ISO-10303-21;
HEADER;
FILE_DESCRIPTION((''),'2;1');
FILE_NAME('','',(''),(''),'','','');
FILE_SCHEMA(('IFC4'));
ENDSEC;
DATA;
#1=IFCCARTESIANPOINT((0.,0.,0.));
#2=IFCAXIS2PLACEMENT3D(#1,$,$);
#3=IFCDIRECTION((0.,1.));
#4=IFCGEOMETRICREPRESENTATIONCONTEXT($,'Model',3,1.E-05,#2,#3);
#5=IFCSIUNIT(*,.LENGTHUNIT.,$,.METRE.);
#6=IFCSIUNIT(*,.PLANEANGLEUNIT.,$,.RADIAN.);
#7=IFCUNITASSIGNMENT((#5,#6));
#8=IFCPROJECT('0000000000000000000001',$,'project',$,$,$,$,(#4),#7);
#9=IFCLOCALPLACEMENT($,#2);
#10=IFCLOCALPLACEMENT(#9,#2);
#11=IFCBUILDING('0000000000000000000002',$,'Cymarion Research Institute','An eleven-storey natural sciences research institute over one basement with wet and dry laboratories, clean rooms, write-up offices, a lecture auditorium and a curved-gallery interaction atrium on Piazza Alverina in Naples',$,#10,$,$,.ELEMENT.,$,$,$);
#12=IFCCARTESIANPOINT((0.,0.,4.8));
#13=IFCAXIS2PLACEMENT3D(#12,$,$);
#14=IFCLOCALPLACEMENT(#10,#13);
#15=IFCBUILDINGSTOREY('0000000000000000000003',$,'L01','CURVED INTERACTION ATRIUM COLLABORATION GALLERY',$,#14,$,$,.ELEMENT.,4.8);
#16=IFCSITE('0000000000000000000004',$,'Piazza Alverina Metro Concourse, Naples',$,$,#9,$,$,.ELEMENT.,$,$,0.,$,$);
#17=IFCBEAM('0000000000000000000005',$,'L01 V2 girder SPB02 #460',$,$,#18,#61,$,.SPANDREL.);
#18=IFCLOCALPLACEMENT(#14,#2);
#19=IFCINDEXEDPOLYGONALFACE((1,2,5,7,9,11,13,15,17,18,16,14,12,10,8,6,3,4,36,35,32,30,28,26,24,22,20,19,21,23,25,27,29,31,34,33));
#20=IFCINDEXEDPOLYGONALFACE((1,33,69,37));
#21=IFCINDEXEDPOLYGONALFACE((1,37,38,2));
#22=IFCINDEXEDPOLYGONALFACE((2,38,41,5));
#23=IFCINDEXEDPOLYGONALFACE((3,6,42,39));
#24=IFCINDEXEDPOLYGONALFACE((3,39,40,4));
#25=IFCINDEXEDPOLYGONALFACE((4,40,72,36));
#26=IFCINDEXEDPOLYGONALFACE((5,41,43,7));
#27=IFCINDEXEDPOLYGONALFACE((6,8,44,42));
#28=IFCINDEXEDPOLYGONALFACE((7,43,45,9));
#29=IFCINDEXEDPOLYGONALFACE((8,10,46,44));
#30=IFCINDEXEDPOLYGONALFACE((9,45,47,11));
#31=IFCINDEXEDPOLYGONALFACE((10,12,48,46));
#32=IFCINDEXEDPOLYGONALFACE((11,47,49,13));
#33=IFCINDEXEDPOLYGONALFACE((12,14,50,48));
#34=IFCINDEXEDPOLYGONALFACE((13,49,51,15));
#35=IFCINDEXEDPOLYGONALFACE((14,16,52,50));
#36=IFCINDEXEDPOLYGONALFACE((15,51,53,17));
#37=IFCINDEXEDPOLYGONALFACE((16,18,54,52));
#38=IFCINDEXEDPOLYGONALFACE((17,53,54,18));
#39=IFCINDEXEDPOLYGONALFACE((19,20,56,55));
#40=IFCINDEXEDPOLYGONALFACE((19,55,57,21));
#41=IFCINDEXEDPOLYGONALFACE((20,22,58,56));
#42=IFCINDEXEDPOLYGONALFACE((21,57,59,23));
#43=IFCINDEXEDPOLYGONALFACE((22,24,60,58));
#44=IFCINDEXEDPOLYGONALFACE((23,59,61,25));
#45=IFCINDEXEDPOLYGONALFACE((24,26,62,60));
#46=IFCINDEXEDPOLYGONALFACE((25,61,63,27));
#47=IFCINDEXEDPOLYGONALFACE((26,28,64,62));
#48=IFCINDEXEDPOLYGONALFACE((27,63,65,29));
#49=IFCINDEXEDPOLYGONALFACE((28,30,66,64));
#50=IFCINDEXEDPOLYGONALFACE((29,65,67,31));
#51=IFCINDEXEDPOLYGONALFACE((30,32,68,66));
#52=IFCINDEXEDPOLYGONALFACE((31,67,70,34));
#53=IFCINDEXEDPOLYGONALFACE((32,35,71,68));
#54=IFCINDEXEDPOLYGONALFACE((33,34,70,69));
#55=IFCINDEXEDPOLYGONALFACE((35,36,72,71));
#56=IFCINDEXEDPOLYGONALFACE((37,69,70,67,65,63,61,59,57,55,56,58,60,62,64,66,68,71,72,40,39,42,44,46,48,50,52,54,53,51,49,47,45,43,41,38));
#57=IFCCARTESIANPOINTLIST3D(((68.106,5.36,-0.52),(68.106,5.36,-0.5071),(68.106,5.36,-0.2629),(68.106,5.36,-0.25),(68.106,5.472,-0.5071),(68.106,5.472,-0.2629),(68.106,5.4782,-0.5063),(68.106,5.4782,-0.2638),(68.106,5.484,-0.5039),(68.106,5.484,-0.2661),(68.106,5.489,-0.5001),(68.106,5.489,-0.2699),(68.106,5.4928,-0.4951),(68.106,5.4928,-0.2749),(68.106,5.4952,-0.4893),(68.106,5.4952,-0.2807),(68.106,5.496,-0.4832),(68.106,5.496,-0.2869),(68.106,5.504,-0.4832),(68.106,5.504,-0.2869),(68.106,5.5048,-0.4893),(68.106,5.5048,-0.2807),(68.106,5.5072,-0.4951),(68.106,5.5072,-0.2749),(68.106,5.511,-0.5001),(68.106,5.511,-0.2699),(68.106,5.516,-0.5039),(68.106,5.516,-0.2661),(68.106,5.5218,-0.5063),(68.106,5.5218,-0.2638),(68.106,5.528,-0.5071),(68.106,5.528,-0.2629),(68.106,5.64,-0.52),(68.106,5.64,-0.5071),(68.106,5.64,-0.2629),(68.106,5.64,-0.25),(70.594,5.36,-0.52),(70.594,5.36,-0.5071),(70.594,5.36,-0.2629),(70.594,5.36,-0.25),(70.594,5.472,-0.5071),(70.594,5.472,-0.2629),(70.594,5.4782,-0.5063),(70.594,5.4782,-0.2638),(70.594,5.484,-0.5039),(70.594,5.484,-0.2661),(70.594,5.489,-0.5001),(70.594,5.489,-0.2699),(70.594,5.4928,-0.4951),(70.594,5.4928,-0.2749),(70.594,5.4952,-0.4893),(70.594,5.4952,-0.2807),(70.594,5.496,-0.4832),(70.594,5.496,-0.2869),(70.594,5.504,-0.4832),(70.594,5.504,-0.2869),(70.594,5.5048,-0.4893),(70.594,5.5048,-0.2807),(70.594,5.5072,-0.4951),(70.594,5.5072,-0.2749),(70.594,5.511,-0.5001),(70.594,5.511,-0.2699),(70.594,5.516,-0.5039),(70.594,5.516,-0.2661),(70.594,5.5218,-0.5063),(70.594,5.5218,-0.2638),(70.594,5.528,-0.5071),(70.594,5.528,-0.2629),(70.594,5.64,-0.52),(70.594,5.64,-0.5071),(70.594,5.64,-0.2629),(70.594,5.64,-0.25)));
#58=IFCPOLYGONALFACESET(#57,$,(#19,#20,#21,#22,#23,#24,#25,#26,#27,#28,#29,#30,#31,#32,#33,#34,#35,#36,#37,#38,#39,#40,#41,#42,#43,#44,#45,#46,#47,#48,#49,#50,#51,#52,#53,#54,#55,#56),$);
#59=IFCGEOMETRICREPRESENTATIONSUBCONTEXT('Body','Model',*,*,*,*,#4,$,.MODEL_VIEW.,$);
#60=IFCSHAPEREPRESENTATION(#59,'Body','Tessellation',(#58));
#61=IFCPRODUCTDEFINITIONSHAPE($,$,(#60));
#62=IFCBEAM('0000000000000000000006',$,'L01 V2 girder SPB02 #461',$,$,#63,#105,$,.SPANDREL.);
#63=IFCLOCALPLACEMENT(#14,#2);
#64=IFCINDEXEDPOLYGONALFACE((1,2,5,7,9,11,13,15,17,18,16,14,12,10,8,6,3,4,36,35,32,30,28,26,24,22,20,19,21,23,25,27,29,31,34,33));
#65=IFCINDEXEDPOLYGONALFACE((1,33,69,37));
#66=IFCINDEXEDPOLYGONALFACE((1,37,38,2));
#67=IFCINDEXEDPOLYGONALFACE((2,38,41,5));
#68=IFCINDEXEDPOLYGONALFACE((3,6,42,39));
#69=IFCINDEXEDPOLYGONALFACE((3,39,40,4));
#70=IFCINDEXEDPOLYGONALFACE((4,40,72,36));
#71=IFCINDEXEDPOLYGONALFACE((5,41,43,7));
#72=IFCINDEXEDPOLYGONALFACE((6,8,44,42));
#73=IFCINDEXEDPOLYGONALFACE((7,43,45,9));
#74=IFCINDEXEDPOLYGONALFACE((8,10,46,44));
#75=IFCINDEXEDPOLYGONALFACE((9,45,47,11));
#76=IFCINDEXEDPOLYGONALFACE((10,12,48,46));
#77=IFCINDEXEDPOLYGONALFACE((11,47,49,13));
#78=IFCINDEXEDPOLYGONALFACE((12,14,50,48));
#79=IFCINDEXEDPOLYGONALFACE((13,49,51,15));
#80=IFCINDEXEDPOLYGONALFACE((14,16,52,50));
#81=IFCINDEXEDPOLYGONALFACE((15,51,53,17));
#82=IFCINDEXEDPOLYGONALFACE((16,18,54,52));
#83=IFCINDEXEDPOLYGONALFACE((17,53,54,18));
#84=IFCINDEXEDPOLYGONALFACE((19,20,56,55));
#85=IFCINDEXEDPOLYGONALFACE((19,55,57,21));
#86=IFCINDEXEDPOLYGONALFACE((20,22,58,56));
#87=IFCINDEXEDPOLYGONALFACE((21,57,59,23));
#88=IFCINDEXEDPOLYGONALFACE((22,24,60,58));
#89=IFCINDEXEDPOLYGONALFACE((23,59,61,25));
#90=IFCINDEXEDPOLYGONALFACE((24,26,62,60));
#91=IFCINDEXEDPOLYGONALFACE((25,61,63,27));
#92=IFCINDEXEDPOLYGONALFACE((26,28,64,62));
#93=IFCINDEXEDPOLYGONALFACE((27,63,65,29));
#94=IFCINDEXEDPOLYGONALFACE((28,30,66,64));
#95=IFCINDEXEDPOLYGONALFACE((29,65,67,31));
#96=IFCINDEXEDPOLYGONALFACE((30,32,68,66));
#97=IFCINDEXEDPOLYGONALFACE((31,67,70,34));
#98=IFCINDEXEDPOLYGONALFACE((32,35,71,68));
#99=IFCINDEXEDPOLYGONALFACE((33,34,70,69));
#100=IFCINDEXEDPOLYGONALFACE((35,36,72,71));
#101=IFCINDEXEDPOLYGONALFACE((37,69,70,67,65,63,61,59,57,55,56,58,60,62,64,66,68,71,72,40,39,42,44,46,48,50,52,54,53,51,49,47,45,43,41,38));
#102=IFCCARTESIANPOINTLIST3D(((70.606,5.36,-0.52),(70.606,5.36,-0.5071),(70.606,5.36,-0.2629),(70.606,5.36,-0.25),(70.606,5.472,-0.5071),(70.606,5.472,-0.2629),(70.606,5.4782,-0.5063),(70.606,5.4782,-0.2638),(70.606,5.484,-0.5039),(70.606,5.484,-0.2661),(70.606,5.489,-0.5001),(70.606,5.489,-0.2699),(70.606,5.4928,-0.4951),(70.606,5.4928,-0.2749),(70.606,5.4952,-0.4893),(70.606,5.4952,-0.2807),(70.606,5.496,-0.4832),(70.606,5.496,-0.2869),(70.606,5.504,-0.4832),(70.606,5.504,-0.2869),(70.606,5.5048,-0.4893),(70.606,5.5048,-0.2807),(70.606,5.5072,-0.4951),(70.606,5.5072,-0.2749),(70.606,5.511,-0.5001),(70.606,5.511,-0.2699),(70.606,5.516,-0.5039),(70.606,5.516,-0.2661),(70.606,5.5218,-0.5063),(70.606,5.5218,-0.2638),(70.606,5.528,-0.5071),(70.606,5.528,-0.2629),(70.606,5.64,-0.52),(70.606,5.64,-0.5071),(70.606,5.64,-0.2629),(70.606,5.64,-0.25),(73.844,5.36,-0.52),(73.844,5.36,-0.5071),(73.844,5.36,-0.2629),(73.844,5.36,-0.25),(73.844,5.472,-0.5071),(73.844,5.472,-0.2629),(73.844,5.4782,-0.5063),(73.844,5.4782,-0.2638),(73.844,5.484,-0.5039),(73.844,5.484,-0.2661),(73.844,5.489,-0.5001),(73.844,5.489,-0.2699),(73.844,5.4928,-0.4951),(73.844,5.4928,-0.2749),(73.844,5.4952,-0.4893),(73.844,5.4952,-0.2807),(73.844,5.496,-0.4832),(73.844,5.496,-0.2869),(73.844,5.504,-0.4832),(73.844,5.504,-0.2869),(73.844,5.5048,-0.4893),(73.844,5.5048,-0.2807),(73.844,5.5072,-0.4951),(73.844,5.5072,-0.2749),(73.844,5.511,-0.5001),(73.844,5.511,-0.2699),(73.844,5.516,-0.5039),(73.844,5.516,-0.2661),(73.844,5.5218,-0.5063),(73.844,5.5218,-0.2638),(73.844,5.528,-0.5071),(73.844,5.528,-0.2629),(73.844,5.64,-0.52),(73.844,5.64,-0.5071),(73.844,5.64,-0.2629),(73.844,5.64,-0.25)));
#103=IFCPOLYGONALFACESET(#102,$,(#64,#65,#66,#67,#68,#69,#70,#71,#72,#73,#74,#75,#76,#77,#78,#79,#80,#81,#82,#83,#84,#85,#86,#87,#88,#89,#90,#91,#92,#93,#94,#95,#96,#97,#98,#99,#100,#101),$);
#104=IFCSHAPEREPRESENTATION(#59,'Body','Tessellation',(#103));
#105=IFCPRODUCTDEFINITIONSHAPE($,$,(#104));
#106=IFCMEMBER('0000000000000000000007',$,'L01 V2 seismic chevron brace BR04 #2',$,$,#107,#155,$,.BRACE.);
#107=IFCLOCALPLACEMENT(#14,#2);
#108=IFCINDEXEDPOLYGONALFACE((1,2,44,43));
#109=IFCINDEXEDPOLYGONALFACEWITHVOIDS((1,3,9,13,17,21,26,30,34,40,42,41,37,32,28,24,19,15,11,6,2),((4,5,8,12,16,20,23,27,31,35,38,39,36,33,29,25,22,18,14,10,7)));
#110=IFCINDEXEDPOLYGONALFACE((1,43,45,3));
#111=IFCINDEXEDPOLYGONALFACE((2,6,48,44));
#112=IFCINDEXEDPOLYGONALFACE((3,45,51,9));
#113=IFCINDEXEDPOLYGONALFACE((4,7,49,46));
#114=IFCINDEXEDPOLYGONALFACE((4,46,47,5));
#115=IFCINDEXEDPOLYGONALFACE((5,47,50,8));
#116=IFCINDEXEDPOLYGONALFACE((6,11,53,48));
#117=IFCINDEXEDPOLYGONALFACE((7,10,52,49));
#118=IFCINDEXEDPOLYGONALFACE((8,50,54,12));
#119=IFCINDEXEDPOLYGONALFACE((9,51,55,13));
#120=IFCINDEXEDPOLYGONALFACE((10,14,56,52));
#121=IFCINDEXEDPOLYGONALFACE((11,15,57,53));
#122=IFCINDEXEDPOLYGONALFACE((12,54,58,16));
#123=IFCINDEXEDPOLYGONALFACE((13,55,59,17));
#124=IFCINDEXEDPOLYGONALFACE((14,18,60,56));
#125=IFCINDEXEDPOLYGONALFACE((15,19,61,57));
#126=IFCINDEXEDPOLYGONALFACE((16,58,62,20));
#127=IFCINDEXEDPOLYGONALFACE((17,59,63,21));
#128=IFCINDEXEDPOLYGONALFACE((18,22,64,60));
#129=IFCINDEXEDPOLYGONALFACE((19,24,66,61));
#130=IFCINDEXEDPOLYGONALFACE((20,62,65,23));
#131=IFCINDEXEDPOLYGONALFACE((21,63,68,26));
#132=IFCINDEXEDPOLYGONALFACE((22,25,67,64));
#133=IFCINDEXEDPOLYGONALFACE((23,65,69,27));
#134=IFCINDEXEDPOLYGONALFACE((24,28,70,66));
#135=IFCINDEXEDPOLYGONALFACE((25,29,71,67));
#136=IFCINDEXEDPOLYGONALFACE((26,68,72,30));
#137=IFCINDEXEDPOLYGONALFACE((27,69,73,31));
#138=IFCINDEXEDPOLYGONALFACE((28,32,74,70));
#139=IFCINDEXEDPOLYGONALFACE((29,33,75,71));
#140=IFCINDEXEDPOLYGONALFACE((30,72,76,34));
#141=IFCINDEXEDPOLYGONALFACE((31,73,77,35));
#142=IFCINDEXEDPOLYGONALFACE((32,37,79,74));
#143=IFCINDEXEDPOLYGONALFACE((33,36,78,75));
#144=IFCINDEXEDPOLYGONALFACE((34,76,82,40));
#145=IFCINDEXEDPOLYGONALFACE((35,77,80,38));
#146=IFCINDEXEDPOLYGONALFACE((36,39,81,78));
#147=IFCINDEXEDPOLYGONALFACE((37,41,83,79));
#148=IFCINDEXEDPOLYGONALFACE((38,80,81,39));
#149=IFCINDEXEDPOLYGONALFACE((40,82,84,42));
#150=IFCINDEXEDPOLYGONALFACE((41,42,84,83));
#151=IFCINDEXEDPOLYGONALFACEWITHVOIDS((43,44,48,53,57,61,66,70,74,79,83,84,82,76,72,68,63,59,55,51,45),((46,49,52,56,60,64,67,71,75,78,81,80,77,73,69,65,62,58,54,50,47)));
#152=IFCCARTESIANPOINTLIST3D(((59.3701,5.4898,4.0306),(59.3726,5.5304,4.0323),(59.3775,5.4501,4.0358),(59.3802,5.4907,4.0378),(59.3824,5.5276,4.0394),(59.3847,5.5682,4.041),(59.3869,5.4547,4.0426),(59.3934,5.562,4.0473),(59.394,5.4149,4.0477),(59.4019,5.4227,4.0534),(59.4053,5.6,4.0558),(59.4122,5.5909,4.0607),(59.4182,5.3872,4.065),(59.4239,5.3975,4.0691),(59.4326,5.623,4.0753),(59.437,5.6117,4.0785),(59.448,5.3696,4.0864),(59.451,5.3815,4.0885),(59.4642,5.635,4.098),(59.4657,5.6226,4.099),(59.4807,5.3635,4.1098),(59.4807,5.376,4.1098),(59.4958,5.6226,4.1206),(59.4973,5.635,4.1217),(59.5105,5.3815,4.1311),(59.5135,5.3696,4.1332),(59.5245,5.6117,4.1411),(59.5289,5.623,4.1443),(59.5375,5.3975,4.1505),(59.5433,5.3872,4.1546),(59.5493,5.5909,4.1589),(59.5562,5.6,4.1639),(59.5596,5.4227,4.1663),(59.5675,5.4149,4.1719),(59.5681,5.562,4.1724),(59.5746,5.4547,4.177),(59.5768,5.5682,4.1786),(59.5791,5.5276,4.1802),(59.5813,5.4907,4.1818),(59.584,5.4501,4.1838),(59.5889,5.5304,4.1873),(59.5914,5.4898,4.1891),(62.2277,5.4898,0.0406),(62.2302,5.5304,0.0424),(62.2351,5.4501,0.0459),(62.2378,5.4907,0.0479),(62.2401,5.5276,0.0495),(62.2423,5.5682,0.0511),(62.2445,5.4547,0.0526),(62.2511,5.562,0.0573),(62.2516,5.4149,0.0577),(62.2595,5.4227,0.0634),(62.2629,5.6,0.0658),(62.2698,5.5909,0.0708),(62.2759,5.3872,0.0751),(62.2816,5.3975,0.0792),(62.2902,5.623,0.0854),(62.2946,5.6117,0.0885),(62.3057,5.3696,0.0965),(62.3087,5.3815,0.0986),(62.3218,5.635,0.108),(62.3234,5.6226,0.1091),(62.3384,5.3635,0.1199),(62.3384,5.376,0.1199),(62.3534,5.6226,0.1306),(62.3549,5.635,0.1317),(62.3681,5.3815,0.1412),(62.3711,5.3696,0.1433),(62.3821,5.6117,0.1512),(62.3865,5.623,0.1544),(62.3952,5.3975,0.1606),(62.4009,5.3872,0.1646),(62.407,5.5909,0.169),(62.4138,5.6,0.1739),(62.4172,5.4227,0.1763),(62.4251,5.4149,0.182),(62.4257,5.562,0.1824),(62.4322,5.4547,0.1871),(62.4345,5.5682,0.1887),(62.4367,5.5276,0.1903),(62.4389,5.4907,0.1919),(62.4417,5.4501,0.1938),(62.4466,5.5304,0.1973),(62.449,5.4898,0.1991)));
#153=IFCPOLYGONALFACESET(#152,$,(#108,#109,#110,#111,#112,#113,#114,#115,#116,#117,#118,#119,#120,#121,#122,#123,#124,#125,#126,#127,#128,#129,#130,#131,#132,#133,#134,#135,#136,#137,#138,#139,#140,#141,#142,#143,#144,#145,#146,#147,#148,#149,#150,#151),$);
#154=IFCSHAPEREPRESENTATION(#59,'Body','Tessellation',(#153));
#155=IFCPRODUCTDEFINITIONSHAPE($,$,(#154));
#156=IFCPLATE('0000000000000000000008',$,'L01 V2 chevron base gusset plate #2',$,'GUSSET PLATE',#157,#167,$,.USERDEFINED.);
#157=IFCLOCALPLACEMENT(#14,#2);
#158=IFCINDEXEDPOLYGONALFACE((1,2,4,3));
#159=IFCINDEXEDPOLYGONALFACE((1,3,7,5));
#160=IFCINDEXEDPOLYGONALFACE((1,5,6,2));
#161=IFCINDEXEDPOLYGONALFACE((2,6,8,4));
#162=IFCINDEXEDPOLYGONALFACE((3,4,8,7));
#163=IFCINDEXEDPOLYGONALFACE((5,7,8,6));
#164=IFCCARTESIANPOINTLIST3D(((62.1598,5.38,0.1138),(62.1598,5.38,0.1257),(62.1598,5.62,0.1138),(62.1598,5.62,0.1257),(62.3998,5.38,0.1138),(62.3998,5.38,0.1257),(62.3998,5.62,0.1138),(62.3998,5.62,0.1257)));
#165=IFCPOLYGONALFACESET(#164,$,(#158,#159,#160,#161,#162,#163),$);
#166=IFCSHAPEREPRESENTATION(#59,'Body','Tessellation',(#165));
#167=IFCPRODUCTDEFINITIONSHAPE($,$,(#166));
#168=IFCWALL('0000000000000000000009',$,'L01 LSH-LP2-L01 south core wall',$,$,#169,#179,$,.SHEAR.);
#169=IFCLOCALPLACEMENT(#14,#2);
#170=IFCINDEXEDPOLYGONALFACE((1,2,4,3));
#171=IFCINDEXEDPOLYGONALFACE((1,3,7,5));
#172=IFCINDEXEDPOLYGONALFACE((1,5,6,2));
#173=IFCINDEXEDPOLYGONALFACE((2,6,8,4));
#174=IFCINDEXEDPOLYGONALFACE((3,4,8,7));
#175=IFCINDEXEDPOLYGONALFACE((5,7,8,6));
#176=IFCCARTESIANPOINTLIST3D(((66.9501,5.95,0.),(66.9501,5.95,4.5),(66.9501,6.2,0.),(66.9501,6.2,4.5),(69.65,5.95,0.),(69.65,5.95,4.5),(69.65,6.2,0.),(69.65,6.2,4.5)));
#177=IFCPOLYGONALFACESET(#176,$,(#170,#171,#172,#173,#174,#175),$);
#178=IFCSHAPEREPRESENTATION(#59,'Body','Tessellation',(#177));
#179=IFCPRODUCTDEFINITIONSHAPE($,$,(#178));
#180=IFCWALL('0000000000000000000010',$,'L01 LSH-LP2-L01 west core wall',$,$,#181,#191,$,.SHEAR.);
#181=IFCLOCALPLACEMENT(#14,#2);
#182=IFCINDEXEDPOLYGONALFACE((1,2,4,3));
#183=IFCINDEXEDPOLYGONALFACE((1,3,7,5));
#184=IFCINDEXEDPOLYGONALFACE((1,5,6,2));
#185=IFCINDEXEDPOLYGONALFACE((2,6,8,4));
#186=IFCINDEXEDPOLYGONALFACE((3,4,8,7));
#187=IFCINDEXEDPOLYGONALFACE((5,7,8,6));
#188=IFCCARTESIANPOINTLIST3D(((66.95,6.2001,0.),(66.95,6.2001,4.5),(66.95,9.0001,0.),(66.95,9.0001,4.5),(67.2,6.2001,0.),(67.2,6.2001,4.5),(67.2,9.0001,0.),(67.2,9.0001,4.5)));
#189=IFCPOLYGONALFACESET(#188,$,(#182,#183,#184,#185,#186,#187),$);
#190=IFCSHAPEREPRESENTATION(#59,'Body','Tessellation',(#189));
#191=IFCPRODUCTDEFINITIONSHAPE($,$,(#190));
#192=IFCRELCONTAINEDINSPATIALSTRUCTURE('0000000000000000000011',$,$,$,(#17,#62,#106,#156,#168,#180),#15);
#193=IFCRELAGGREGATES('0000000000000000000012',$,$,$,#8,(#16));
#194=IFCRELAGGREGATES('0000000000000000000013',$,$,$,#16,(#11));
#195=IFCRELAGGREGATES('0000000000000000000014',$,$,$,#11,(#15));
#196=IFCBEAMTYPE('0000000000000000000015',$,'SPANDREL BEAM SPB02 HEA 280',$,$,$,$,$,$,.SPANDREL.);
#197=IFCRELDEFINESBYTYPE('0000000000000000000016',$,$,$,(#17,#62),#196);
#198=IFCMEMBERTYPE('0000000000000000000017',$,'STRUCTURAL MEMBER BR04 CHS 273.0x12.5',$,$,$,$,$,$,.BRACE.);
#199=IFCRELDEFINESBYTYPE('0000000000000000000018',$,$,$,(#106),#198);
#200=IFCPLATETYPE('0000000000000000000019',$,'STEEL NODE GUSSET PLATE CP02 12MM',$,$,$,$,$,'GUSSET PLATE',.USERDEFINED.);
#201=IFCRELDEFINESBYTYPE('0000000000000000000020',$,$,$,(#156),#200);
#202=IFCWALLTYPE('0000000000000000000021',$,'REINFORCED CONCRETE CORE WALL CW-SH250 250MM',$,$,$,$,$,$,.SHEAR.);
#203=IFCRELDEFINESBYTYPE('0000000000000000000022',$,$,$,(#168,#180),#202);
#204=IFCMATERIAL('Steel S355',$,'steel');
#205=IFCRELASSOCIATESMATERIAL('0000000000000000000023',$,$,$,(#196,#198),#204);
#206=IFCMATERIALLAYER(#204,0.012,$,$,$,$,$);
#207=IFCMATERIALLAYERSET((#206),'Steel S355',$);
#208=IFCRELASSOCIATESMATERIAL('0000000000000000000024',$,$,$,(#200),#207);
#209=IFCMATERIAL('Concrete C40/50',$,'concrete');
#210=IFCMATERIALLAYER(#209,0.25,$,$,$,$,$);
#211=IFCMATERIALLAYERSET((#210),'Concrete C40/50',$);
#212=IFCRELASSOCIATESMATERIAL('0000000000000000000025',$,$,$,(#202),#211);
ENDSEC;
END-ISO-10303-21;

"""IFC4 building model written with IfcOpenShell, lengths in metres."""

from ifc_helpers import new_model, si_unit, direction, frame, frame_2d, origin, origin_2d, place, context, subcontext, project, spatial, rectangle, hollow_circle, i_section, extrude, material, layer, layer_set, material_profile, profile_set, type_object, element, save


model = new_model("IFC4")

# Units and contexts
model_context = context("Model", 3, precision=1e-05, world=origin(), true_north=direction((0.0, 1.0)))
body_context = subcontext(model_context, "Body", "Model", "MODEL_VIEW")
ifc_project = project(units=[si_unit("LENGTHUNIT", "METRE"), si_unit("PLANEANGLEUNIT", "RADIAN")], contexts=[model_context])

# Site, building, storey
site_placement = place(None, origin())
site = spatial("IfcSite", under=ifc_project, at=site_placement, Name="Piazza Alverina Metro Concourse, Naples", CompositionType="ELEMENT", RefElevation=0.0)
building_placement = place(site_placement, origin())
building = spatial("IfcBuilding", under=site, at=building_placement, Name="Cymarion Research Institute", Description="An eleven-storey natural sciences research institute over one basement with wet and dry laboratories, clean rooms, write-up offices, a lecture auditorium and a curved-gallery interaction atrium on Piazza Alverina in Naples", CompositionType="ELEMENT")
storey_placement = place(building_placement, frame((0.0, 0.0, 4.8)))
storey = spatial("IfcBuildingStorey", under=building, at=storey_placement, Name="L01", Description="CURVED INTERACTION ATRIUM COLLABORATION GALLERY", CompositionType="ELEMENT", Elevation=4.8)

# Shared definitions
ifc_material_1 = material(Name="Concrete C40/50", Category="concrete")
ifc_material_2 = material(Name="Steel S355", Category="steel")

# Beams
ifc_material_profile_1 = material_profile(ifc_material_2, i_section(OverallWidth=0.28, OverallDepth=0.27, WebThickness=0.0081, FlangeThickness=0.0129, FilletRadius=0.0239, at=origin_2d()), Name="HEA 280")
ifc_profile_set_1 = profile_set([ifc_material_profile_1], Name="Steel S355")
beam_type_1 = type_object("IfcBeamType", Name="SPANDREL BEAM SPB02 HEA 280", PredefinedType="SPANDREL", material=ifc_profile_set_1)
beam_1_placement = place(storey_placement, frame((68.106, 5.5, -0.385), z_axis=(1.0, 0.0, 0.0), x_axis=(0.0, 1.0, 0.0)))
element("IfcBeam", 1, at=beam_1_placement, inside=storey, type_object=beam_type_1, Name="L01 V2 girder SPB02 #460", PredefinedType="SPANDREL", context=body_context, shape_type="SweptSolid", body=[
    extrude(i_section(OverallWidth=0.28, OverallDepth=0.27, WebThickness=0.0081, FlangeThickness=0.0129, FilletRadius=0.0239, at=origin_2d()), origin(), (0.0, 0.0, 1.0), 2.488),
])
beam_2_placement = place(storey_placement, frame((70.606, 5.5, -0.385), z_axis=(1.0, 0.0, 0.0), x_axis=(0.0, 1.0, 0.0)))
element("IfcBeam", 2, at=beam_2_placement, inside=storey, type_object=beam_type_1, Name="L01 V2 girder SPB02 #461", PredefinedType="SPANDREL", context=body_context, shape_type="SweptSolid", body=[
    extrude(i_section(OverallWidth=0.28, OverallDepth=0.27, WebThickness=0.0081, FlangeThickness=0.0129, FilletRadius=0.0239, at=origin_2d()), origin(), (0.0, 0.0, 1.0), 3.238),
])

# Member
ifc_material_profile_2 = material_profile(ifc_material_2, hollow_circle(Radius=0.1365, WallThickness=0.0125, at=origin_2d()), Name="CHS 273.0x12.5")
ifc_profile_set_2 = profile_set([ifc_material_profile_2], Name="Steel S355")
member_type_1 = type_object("IfcMemberType", Name="STRUCTURAL MEMBER BR04 CHS 273.0x12.5", PredefinedType="BRACE", material=ifc_profile_set_2)
member_1_placement = place(storey_placement, frame((62.3384, 5.5, 0.1199), z_axis=(-0.582273, 0.0, 0.812993), x_axis=(0.0, -1.0, 0.0)))
element("IfcMember", 3, at=member_1_placement, inside=storey, type_object=member_type_1, Name="L01 V2 seismic chevron brace BR04 #2", PredefinedType="BRACE", context=body_context, shape_type="SweptSolid", body=[
    extrude(hollow_circle(Radius=0.1365, WallThickness=0.0125, at=origin_2d()), origin(), (0.0, 0.0, 1.0), 4.9077),
])

# Plate
ifc_layer_1 = layer(ifc_material_2, 0.012)
ifc_layer_set_1 = layer_set([ifc_layer_1], Name="Steel S355")
plate_type = type_object("IfcPlateType", Name="STEEL NODE GUSSET PLATE CP02 12MM", ElementType="GUSSET PLATE", PredefinedType="USERDEFINED", material=ifc_layer_set_1)
plate_placement = place(storey_placement, frame((62.2798, 5.5, 0.1138), z_axis=(0.0, 0.0, 1.0), x_axis=(1.0, 0.0, 0.0)))
element("IfcPlate", 4, at=plate_placement, inside=storey, type_object=plate_type, Name="L01 V2 chevron base gusset plate #2", ObjectType="GUSSET PLATE", PredefinedType="USERDEFINED", context=body_context, shape_type="SweptSolid", body=[
    extrude(rectangle(XDim=0.24, YDim=0.24, at=origin_2d()), origin(), (0.0, 0.0, 1.0), 0.012),
])

# Wall
ifc_layer_2 = layer(ifc_material_1, 0.25)
ifc_layer_set_2 = layer_set([ifc_layer_2], Name="Concrete C40/50")
wall_type_1 = type_object("IfcWallType", Name="REINFORCED CONCRETE CORE WALL CW-SH250 250MM", PredefinedType="SHEAR", material=ifc_layer_set_2)
wall_1_placement = place(storey_placement, frame((66.95, 6.075, 0.0), z_axis=(0.0, 0.0, 1.0), x_axis=(1.0, 0.0, 0.0)))
element("IfcWall", 5, at=wall_1_placement, inside=storey, type_object=wall_type_1, Name="L01 LSH-LP2-L01 south core wall", PredefinedType="SHEAR", context=body_context, shape_type="SweptSolid", body=[
    extrude(rectangle(XDim=2.7, YDim=0.25, at=frame_2d((1.3501, 0.0))), origin(), (0.0, 0.0, 1.0), 4.5),
])

# Wall
for number, where, z_axis, x_axis, name in (
    (6, (67.075, 9.0, 0.0), (0.0, 0.0, 1.0), (0.0, -1.0, 0.0), "L01 LSH-LP2-L01 west core wall"),
):
    element("IfcWall", number, at=place(storey_placement, frame(where, z_axis=z_axis, x_axis=x_axis)), inside=storey, type_object=wall_type_1, Name=name, PredefinedType="SHEAR", context=body_context, shape_type="SweptSolid", body=[
        extrude(rectangle(XDim=2.8, YDim=0.25, at=frame_2d((1.3999, 0.0))), origin(), (0.0, 0.0, 1.0), 4.5),
    ])

save(model, "model.ifc")
